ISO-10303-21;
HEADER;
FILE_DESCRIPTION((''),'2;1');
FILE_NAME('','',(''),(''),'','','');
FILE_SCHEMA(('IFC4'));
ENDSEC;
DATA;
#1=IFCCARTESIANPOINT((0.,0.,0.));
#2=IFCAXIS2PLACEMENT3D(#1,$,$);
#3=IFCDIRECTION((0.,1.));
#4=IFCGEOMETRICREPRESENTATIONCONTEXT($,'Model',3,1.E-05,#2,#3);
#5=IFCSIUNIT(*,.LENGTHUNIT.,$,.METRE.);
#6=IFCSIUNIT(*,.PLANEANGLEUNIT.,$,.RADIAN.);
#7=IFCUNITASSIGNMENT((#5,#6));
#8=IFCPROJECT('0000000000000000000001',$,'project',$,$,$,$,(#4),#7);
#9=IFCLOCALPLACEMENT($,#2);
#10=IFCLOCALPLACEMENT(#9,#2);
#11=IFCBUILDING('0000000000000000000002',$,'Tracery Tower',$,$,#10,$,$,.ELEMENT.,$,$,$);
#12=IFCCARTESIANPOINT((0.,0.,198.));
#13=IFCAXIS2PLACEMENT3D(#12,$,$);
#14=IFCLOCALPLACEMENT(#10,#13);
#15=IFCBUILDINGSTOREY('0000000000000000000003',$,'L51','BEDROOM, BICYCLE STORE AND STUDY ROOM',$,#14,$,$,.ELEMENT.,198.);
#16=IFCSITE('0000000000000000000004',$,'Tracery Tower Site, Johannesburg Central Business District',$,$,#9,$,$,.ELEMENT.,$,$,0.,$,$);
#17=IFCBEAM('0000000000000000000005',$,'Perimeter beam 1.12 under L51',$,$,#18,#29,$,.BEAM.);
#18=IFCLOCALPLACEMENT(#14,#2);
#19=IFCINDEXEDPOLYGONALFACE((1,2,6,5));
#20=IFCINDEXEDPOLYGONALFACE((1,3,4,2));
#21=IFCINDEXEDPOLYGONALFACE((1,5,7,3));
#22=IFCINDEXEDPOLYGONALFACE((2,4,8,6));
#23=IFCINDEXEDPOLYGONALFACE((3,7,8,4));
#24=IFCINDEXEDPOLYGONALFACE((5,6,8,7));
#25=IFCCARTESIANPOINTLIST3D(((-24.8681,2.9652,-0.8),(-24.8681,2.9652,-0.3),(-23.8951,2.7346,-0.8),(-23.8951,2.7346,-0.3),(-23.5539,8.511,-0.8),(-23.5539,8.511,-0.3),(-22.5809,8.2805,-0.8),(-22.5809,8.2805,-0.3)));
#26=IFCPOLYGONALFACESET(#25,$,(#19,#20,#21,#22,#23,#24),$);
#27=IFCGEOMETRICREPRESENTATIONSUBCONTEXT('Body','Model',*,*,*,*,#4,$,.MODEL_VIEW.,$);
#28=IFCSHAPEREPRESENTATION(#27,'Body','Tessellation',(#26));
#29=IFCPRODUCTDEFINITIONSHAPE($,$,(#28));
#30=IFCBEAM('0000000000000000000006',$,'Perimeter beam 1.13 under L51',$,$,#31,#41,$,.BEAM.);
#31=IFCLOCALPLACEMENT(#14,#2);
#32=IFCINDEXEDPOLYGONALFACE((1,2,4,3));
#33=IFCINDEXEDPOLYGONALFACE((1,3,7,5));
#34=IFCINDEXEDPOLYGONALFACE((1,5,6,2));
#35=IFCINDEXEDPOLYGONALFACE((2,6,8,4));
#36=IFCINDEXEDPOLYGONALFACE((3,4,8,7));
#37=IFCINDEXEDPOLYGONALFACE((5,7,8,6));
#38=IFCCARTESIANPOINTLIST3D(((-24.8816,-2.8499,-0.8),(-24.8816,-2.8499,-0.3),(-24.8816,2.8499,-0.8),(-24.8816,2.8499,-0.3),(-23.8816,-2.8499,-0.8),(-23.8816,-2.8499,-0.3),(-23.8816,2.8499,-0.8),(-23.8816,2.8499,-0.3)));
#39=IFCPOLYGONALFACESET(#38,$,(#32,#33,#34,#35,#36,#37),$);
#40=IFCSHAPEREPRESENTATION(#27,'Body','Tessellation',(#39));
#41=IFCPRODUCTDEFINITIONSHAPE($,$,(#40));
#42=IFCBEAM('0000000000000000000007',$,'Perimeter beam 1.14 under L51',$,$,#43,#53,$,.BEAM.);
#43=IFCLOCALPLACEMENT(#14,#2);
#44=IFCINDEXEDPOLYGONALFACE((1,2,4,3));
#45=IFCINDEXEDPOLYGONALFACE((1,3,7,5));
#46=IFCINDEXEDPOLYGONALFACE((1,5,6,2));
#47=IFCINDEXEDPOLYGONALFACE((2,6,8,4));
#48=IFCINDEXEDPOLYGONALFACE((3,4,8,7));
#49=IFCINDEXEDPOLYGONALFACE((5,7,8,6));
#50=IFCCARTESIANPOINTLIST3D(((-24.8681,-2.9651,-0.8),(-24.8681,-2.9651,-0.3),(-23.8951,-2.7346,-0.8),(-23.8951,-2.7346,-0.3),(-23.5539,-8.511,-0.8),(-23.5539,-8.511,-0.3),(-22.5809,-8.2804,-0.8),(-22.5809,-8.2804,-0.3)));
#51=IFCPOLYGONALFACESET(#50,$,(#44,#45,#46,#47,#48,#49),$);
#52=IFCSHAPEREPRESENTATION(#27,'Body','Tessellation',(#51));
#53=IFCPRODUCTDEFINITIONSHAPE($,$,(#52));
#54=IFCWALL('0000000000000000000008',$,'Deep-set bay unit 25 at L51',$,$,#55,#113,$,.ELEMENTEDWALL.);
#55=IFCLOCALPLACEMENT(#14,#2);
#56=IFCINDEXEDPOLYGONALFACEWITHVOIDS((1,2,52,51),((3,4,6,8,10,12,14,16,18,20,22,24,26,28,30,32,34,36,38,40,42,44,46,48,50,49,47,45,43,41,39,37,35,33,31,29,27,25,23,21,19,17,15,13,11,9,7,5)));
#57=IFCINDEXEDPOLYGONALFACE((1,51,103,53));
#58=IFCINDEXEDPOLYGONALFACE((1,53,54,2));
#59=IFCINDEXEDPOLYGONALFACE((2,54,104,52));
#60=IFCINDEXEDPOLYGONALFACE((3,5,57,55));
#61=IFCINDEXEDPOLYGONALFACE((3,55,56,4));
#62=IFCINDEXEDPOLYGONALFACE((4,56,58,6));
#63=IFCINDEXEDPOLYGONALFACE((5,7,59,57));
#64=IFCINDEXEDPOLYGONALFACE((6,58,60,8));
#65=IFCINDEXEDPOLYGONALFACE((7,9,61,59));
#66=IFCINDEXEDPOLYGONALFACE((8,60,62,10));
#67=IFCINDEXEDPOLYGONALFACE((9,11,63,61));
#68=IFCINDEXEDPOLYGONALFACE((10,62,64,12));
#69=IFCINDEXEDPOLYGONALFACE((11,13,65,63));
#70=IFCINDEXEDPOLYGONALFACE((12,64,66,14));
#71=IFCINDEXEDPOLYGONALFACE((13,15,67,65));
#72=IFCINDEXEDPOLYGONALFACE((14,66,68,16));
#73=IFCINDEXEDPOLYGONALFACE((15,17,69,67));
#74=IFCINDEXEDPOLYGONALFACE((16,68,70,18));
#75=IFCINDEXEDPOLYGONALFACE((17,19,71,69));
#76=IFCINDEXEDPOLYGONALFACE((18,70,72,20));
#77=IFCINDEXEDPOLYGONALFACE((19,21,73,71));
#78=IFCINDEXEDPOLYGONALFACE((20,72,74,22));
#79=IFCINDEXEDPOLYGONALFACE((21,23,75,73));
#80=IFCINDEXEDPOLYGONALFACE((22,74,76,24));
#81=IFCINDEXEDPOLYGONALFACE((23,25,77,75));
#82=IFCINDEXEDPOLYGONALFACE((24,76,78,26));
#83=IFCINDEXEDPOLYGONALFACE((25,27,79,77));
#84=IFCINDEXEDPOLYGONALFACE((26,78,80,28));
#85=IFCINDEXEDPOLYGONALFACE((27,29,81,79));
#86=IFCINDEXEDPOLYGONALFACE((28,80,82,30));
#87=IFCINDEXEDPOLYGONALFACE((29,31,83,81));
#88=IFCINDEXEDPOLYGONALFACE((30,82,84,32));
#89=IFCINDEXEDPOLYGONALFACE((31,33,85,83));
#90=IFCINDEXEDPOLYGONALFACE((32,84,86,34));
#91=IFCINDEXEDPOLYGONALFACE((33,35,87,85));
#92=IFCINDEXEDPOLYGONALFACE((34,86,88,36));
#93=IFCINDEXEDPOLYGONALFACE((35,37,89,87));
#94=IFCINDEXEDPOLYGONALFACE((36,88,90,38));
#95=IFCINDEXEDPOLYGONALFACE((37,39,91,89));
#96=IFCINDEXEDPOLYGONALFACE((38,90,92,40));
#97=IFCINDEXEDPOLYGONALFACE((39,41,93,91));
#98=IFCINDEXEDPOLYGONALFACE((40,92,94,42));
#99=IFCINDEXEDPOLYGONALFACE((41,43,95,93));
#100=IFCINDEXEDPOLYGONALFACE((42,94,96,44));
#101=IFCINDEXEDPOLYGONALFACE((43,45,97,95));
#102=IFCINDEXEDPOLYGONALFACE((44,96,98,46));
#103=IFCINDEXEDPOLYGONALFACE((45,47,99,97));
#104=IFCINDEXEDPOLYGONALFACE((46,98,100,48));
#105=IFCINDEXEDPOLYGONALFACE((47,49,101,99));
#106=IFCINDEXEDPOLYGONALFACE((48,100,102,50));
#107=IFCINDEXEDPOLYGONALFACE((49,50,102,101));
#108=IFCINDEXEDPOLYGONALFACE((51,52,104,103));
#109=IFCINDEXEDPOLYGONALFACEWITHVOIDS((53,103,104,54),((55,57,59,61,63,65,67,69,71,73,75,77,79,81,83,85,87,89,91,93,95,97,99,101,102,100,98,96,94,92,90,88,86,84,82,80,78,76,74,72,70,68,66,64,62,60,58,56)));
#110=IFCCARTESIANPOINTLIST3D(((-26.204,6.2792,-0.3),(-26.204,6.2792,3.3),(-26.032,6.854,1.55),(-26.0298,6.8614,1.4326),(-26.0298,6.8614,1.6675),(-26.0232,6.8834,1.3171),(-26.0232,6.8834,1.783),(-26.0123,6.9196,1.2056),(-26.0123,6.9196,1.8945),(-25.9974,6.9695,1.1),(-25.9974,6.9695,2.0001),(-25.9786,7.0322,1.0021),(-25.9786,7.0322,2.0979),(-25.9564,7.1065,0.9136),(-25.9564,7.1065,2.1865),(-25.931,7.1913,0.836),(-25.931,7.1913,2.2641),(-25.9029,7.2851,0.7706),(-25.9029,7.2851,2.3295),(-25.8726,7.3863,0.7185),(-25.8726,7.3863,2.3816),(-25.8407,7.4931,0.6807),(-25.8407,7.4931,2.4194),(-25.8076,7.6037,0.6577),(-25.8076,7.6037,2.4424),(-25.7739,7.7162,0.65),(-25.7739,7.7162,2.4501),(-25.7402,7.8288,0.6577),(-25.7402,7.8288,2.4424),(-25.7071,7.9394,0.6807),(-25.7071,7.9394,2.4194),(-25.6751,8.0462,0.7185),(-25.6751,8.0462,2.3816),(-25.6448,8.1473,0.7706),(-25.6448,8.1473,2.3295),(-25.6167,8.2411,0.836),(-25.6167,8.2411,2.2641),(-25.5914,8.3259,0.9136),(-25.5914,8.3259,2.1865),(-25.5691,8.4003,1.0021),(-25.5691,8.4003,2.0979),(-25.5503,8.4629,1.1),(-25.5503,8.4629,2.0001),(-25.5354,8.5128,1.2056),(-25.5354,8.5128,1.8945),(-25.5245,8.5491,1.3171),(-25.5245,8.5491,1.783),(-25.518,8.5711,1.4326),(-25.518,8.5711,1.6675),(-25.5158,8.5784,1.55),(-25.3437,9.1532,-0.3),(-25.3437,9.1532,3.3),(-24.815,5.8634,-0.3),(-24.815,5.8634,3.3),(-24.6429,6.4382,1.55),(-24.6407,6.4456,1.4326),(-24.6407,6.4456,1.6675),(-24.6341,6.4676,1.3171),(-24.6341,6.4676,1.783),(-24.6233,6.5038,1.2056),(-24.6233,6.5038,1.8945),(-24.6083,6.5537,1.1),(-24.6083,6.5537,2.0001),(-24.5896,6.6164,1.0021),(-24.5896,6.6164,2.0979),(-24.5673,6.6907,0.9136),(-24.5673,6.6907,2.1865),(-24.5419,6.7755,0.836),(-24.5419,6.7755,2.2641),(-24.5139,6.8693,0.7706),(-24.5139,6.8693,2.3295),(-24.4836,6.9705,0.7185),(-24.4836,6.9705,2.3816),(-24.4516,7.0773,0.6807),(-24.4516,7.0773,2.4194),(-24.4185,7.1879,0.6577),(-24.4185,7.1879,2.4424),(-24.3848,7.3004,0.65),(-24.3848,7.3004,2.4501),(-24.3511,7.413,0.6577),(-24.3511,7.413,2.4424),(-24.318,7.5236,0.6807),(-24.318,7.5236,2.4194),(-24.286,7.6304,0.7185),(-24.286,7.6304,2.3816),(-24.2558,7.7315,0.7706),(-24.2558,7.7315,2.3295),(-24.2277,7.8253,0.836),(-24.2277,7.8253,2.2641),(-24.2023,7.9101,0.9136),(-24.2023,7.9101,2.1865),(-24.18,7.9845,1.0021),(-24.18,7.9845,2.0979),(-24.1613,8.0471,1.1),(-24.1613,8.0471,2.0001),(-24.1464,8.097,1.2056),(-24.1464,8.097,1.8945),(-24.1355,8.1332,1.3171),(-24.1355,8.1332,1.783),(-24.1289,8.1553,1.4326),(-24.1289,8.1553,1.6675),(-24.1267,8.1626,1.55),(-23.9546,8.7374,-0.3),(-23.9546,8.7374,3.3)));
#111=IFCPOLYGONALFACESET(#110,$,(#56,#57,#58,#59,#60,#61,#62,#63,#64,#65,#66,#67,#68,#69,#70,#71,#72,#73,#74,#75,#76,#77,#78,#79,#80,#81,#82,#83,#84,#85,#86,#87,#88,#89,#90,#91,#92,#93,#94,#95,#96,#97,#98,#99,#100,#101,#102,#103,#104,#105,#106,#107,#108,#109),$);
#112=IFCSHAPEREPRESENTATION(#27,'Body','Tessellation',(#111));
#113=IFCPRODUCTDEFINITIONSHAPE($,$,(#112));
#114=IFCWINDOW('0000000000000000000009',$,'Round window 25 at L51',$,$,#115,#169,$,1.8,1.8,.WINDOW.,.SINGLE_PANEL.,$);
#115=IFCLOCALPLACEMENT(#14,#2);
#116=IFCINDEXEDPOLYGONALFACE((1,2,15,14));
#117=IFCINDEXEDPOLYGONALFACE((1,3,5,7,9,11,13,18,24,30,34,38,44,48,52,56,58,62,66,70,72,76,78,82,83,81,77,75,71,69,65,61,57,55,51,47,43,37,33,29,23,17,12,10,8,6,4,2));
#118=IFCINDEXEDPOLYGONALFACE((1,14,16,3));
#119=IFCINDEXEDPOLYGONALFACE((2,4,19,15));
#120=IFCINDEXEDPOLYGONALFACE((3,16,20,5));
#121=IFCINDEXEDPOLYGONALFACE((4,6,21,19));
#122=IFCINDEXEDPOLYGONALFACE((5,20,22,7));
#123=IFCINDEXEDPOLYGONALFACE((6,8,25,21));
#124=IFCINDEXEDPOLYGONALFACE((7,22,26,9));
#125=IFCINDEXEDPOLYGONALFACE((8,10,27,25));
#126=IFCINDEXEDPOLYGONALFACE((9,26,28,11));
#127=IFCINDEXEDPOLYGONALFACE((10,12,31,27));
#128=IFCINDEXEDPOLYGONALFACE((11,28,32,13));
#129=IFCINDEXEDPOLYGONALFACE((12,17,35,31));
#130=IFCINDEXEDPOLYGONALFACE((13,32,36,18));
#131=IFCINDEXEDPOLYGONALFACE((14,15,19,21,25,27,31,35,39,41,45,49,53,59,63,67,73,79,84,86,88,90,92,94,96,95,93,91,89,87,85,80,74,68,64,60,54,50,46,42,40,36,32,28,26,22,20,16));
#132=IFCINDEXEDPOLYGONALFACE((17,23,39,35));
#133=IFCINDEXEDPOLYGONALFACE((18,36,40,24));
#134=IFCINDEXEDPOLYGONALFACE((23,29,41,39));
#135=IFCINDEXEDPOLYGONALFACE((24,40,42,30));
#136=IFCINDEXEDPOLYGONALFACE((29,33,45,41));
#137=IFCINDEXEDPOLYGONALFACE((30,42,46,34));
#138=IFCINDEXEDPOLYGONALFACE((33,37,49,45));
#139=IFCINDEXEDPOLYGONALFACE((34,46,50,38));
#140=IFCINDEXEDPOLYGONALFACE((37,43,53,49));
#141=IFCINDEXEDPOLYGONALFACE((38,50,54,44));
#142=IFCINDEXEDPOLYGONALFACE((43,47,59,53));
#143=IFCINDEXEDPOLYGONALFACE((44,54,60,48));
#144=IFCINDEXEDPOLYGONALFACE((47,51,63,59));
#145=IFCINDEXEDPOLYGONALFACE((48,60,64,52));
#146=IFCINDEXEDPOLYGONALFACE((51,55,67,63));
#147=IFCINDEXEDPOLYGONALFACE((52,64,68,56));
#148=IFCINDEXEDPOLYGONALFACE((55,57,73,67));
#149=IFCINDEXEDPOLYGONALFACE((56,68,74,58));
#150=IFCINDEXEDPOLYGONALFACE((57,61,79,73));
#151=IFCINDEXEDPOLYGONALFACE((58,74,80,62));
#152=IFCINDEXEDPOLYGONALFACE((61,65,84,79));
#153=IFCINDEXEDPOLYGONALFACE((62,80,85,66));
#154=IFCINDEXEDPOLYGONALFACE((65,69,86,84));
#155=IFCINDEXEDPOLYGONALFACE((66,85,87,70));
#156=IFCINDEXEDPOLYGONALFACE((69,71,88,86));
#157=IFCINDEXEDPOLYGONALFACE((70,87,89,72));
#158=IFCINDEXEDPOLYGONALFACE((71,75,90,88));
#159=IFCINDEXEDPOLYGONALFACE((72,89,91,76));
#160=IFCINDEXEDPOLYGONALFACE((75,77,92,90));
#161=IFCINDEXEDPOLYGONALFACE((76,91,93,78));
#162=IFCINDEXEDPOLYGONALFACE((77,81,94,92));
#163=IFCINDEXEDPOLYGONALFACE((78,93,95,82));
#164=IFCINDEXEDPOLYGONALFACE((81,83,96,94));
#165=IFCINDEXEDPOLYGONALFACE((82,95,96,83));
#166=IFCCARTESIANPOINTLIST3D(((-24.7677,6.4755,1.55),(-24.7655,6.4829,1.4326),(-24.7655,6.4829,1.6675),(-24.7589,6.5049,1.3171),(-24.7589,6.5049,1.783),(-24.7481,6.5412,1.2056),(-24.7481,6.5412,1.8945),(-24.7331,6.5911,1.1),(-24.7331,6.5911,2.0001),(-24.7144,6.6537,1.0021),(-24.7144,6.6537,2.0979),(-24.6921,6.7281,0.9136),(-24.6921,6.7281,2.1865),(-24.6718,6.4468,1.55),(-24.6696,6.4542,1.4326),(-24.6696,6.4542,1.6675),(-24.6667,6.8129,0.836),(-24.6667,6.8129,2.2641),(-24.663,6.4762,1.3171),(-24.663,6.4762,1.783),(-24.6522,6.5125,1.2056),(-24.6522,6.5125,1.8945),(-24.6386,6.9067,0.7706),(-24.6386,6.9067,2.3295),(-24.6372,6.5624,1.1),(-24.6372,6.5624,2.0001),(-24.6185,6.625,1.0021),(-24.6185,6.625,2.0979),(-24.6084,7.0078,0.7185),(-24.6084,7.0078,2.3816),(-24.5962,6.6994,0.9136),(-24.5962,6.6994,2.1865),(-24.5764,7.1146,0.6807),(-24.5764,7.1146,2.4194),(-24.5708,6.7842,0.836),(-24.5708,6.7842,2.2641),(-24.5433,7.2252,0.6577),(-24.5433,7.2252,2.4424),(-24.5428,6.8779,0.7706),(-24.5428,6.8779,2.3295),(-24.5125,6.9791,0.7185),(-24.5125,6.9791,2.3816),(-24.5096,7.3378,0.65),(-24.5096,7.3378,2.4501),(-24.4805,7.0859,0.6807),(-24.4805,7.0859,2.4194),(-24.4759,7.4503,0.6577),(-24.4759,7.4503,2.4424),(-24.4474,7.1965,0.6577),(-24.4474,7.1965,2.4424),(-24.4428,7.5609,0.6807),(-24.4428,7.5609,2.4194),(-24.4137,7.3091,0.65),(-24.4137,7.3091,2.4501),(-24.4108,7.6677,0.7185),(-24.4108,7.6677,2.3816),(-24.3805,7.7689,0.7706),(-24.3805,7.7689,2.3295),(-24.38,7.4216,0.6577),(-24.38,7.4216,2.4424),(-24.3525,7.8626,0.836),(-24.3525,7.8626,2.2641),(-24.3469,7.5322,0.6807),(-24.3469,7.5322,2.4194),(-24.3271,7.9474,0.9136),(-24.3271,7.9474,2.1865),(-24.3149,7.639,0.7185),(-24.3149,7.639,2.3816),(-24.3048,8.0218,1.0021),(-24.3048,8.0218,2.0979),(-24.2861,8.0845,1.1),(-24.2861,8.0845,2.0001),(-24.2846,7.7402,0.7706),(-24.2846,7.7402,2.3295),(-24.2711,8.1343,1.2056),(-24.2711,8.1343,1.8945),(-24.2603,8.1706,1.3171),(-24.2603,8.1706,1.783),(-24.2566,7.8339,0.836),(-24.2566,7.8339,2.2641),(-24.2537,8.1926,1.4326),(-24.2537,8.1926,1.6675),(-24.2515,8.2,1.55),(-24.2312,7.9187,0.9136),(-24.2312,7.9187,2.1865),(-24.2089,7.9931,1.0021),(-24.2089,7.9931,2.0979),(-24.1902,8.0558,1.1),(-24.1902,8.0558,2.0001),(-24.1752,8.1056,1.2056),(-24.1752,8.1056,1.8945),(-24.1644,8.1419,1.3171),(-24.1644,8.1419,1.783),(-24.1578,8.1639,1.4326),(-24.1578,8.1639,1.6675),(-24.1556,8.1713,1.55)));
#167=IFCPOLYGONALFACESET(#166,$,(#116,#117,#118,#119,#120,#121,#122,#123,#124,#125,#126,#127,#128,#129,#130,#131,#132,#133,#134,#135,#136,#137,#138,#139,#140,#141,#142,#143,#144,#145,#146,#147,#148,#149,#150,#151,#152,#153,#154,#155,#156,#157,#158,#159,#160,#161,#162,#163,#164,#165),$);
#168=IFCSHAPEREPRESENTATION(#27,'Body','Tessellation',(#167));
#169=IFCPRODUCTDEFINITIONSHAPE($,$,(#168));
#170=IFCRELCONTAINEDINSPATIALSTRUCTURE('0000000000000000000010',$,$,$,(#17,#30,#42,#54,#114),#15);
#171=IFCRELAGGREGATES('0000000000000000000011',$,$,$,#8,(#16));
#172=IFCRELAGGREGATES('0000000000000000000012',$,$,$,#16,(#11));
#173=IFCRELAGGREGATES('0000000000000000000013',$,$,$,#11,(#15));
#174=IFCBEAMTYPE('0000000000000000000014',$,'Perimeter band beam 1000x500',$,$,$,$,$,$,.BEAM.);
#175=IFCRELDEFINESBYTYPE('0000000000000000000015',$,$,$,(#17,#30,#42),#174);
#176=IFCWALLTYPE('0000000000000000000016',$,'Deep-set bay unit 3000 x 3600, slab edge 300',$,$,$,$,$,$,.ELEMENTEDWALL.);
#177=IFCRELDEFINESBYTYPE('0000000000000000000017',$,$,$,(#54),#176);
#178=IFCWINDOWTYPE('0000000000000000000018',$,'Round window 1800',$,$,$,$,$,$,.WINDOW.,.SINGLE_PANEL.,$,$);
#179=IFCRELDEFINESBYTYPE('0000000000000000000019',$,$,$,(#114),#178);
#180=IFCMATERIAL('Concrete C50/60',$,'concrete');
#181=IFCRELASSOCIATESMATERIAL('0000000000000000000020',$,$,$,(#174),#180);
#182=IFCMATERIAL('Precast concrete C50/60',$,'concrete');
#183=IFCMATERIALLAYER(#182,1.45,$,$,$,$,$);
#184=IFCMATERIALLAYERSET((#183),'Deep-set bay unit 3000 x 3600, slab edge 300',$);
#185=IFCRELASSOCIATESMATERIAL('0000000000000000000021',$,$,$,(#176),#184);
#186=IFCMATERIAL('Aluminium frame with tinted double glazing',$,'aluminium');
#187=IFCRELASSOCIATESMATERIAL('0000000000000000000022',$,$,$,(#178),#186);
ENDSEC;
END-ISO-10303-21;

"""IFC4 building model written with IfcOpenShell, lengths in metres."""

from ifc_helpers import new_model, si_unit, direction, frame, frame_2d, origin, origin_2d, place, context, subcontext, project, spatial, rectangle, circle, extrude, material, layer, layer_set, material_profile, profile_set, type_object, element, fill, save


model = new_model("IFC4")

# Units and contexts
model_context = context("Model", 3, precision=1e-05, world=origin(), true_north=direction((0.0, 1.0)))
body_context = subcontext(model_context, "Body", "Model", "MODEL_VIEW")
ifc_project = project(units=[si_unit("LENGTHUNIT", "METRE"), si_unit("PLANEANGLEUNIT", "RADIAN")], contexts=[model_context])

# Site, building, storey
site_placement = place(None, origin())
site = spatial("IfcSite", under=ifc_project, at=site_placement, Name="Tracery Tower Site, Johannesburg Central Business District", CompositionType="ELEMENT", RefElevation=0.0)
building_placement = place(site_placement, origin())
building = spatial("IfcBuilding", under=site, at=building_placement, Name="Tracery Tower", CompositionType="ELEMENT")
storey_placement = place(building_placement, frame((0.0, 0.0, 198.0)))
storey = spatial("IfcBuildingStorey", under=building, at=storey_placement, Name="L51", Description="BEDROOM, BICYCLE STORE AND STUDY ROOM", CompositionType="ELEMENT", Elevation=198.0)

# Beams
ifc_material_1 = material(Name="Concrete C50/60", Category="concrete")
ifc_material_profile_1 = material_profile(ifc_material_1, rectangle(XDim=1.0, YDim=0.5, at=origin_2d()), Name="RC 1000x500")
ifc_profile_set_1 = profile_set([ifc_material_profile_1], Name="Concrete C50/60")
beam_type = type_object("IfcBeamType", Name="Perimeter band beam 1000x500", PredefinedType="BEAM", material=ifc_profile_set_1)
beam_1_placement = place(storey_placement, frame((-23.0674, 8.3958, -0.55), z_axis=(-0.230584, -0.973052, 0.0), x_axis=(0.973052, -0.230584, 0.0)))
element("IfcBeam", 1, at=beam_1_placement, inside=storey, type_object=beam_type, Name="Perimeter beam 1.12 under L51", PredefinedType="BEAM", context=body_context, shape_type="SweptSolid", body=[
    extrude(rectangle(XDim=1.0, YDim=0.5, at=origin_2d()), origin(), (0.0, 0.0, 1.0), 5.6995),
])
beam_2_placement = place(storey_placement, frame((-24.3816, 2.8499, -0.55), z_axis=(0.0, -1.0, 0.0), x_axis=(1.0, 0.0, 0.0)))
element("IfcBeam", 2, at=beam_2_placement, inside=storey, type_object=beam_type, Name="Perimeter beam 1.13 under L51", PredefinedType="BEAM", context=body_context, shape_type="SweptSolid", body=[
    extrude(rectangle(XDim=1.0, YDim=0.5, at=origin_2d()), origin(), (0.0, 0.0, 1.0), 5.6997),
])
beam_3_placement = place(storey_placement, frame((-24.3816, -2.8499, -0.55), z_axis=(0.230584, -0.973052, 0.0), x_axis=(0.973052, 0.230584, 0.0)))
element("IfcBeam", 3, at=beam_3_placement, inside=storey, type_object=beam_type, Name="Perimeter beam 1.14 under L51", PredefinedType="BEAM", context=body_context, shape_type="SweptSolid", body=[
    extrude(rectangle(XDim=1.0, YDim=0.5, at=origin_2d()), origin(), (0.0, 0.0, 1.0), 5.6995),
])

# Wall, opening, window
ifc_material_2 = material(Name="Precast concrete C50/60", Category="concrete")
ifc_layer_1 = layer(ifc_material_2, 1.45)
ifc_layer_set_1 = layer_set([ifc_layer_1], Name="Deep-set bay unit 3000 x 3600, slab edge 300")
wall_type_1 = type_object("IfcWallType", Name="Deep-set bay unit 3000 x 3600, slab edge 300", PredefinedType="ELEMENTEDWALL", material=ifc_layer_set_1)
wall_1_placement = place(storey_placement, frame((-24.6492, 8.9453, -0.3), z_axis=(0.0, 0.0, 1.0), x_axis=(-0.28678, -0.957996, 0.0)))
wall_1 = element("IfcWall", 4, at=wall_1_placement, inside=storey, type_object=wall_type_1, Name="Deep-set bay unit 25 at L51", PredefinedType="ELEMENTEDWALL", context=body_context, shape_type="SweptSolid", body=[
    extrude(rectangle(XDim=3.0, YDim=1.45, at=frame_2d((1.5, 0.0))), origin(), (0.0, 0.0, 1.0), 3.6001),
])
opening_1_placement = place(wall_1_placement, frame((1.5, 0.0, 1.8501)))
opening_1 = element("IfcOpeningElement", 5, at=opening_1_placement, cuts=wall_1, PredefinedType="OPENING", context=body_context, shape_type="SweptSolid", body=[
    extrude(circle(Radius=0.9, at=origin_2d()), frame((0.0, 0.7349, 0.0), z_axis=(0.0, -1.0, 0.0), x_axis=(1.0, 0.0, 0.0)), (0.0, 0.0, 1.0), 1.47),
])
ifc_material_3 = material(Name="Aluminium frame with tinted double glazing", Category="aluminium")
window_type = type_object("IfcWindowType", Name="Round window 1800", PartitioningType="SINGLE_PANEL", PredefinedType="WINDOW", material=ifc_material_3)
window_1_placement = place(opening_1_placement, origin())
window_1 = element("IfcWindow", 6, at=window_1_placement, inside=storey, type_object=window_type, Name="Round window 25 at L51", OverallHeight=1.8, OverallWidth=1.8, PartitioningType="SINGLE_PANEL", PredefinedType="WINDOW", context=body_context, shape_type="SweptSolid", body=[
    extrude(circle(Radius=0.9, at=origin_2d()), frame((0.0, 0.6948, 0.0), z_axis=(0.0, -1.0, 0.0), x_axis=(1.0, 0.0, 0.0)), (0.0, 0.0, 1.0), 0.1001),
])
fill(opening_1, window_1)

save(model, "model.ifc")
